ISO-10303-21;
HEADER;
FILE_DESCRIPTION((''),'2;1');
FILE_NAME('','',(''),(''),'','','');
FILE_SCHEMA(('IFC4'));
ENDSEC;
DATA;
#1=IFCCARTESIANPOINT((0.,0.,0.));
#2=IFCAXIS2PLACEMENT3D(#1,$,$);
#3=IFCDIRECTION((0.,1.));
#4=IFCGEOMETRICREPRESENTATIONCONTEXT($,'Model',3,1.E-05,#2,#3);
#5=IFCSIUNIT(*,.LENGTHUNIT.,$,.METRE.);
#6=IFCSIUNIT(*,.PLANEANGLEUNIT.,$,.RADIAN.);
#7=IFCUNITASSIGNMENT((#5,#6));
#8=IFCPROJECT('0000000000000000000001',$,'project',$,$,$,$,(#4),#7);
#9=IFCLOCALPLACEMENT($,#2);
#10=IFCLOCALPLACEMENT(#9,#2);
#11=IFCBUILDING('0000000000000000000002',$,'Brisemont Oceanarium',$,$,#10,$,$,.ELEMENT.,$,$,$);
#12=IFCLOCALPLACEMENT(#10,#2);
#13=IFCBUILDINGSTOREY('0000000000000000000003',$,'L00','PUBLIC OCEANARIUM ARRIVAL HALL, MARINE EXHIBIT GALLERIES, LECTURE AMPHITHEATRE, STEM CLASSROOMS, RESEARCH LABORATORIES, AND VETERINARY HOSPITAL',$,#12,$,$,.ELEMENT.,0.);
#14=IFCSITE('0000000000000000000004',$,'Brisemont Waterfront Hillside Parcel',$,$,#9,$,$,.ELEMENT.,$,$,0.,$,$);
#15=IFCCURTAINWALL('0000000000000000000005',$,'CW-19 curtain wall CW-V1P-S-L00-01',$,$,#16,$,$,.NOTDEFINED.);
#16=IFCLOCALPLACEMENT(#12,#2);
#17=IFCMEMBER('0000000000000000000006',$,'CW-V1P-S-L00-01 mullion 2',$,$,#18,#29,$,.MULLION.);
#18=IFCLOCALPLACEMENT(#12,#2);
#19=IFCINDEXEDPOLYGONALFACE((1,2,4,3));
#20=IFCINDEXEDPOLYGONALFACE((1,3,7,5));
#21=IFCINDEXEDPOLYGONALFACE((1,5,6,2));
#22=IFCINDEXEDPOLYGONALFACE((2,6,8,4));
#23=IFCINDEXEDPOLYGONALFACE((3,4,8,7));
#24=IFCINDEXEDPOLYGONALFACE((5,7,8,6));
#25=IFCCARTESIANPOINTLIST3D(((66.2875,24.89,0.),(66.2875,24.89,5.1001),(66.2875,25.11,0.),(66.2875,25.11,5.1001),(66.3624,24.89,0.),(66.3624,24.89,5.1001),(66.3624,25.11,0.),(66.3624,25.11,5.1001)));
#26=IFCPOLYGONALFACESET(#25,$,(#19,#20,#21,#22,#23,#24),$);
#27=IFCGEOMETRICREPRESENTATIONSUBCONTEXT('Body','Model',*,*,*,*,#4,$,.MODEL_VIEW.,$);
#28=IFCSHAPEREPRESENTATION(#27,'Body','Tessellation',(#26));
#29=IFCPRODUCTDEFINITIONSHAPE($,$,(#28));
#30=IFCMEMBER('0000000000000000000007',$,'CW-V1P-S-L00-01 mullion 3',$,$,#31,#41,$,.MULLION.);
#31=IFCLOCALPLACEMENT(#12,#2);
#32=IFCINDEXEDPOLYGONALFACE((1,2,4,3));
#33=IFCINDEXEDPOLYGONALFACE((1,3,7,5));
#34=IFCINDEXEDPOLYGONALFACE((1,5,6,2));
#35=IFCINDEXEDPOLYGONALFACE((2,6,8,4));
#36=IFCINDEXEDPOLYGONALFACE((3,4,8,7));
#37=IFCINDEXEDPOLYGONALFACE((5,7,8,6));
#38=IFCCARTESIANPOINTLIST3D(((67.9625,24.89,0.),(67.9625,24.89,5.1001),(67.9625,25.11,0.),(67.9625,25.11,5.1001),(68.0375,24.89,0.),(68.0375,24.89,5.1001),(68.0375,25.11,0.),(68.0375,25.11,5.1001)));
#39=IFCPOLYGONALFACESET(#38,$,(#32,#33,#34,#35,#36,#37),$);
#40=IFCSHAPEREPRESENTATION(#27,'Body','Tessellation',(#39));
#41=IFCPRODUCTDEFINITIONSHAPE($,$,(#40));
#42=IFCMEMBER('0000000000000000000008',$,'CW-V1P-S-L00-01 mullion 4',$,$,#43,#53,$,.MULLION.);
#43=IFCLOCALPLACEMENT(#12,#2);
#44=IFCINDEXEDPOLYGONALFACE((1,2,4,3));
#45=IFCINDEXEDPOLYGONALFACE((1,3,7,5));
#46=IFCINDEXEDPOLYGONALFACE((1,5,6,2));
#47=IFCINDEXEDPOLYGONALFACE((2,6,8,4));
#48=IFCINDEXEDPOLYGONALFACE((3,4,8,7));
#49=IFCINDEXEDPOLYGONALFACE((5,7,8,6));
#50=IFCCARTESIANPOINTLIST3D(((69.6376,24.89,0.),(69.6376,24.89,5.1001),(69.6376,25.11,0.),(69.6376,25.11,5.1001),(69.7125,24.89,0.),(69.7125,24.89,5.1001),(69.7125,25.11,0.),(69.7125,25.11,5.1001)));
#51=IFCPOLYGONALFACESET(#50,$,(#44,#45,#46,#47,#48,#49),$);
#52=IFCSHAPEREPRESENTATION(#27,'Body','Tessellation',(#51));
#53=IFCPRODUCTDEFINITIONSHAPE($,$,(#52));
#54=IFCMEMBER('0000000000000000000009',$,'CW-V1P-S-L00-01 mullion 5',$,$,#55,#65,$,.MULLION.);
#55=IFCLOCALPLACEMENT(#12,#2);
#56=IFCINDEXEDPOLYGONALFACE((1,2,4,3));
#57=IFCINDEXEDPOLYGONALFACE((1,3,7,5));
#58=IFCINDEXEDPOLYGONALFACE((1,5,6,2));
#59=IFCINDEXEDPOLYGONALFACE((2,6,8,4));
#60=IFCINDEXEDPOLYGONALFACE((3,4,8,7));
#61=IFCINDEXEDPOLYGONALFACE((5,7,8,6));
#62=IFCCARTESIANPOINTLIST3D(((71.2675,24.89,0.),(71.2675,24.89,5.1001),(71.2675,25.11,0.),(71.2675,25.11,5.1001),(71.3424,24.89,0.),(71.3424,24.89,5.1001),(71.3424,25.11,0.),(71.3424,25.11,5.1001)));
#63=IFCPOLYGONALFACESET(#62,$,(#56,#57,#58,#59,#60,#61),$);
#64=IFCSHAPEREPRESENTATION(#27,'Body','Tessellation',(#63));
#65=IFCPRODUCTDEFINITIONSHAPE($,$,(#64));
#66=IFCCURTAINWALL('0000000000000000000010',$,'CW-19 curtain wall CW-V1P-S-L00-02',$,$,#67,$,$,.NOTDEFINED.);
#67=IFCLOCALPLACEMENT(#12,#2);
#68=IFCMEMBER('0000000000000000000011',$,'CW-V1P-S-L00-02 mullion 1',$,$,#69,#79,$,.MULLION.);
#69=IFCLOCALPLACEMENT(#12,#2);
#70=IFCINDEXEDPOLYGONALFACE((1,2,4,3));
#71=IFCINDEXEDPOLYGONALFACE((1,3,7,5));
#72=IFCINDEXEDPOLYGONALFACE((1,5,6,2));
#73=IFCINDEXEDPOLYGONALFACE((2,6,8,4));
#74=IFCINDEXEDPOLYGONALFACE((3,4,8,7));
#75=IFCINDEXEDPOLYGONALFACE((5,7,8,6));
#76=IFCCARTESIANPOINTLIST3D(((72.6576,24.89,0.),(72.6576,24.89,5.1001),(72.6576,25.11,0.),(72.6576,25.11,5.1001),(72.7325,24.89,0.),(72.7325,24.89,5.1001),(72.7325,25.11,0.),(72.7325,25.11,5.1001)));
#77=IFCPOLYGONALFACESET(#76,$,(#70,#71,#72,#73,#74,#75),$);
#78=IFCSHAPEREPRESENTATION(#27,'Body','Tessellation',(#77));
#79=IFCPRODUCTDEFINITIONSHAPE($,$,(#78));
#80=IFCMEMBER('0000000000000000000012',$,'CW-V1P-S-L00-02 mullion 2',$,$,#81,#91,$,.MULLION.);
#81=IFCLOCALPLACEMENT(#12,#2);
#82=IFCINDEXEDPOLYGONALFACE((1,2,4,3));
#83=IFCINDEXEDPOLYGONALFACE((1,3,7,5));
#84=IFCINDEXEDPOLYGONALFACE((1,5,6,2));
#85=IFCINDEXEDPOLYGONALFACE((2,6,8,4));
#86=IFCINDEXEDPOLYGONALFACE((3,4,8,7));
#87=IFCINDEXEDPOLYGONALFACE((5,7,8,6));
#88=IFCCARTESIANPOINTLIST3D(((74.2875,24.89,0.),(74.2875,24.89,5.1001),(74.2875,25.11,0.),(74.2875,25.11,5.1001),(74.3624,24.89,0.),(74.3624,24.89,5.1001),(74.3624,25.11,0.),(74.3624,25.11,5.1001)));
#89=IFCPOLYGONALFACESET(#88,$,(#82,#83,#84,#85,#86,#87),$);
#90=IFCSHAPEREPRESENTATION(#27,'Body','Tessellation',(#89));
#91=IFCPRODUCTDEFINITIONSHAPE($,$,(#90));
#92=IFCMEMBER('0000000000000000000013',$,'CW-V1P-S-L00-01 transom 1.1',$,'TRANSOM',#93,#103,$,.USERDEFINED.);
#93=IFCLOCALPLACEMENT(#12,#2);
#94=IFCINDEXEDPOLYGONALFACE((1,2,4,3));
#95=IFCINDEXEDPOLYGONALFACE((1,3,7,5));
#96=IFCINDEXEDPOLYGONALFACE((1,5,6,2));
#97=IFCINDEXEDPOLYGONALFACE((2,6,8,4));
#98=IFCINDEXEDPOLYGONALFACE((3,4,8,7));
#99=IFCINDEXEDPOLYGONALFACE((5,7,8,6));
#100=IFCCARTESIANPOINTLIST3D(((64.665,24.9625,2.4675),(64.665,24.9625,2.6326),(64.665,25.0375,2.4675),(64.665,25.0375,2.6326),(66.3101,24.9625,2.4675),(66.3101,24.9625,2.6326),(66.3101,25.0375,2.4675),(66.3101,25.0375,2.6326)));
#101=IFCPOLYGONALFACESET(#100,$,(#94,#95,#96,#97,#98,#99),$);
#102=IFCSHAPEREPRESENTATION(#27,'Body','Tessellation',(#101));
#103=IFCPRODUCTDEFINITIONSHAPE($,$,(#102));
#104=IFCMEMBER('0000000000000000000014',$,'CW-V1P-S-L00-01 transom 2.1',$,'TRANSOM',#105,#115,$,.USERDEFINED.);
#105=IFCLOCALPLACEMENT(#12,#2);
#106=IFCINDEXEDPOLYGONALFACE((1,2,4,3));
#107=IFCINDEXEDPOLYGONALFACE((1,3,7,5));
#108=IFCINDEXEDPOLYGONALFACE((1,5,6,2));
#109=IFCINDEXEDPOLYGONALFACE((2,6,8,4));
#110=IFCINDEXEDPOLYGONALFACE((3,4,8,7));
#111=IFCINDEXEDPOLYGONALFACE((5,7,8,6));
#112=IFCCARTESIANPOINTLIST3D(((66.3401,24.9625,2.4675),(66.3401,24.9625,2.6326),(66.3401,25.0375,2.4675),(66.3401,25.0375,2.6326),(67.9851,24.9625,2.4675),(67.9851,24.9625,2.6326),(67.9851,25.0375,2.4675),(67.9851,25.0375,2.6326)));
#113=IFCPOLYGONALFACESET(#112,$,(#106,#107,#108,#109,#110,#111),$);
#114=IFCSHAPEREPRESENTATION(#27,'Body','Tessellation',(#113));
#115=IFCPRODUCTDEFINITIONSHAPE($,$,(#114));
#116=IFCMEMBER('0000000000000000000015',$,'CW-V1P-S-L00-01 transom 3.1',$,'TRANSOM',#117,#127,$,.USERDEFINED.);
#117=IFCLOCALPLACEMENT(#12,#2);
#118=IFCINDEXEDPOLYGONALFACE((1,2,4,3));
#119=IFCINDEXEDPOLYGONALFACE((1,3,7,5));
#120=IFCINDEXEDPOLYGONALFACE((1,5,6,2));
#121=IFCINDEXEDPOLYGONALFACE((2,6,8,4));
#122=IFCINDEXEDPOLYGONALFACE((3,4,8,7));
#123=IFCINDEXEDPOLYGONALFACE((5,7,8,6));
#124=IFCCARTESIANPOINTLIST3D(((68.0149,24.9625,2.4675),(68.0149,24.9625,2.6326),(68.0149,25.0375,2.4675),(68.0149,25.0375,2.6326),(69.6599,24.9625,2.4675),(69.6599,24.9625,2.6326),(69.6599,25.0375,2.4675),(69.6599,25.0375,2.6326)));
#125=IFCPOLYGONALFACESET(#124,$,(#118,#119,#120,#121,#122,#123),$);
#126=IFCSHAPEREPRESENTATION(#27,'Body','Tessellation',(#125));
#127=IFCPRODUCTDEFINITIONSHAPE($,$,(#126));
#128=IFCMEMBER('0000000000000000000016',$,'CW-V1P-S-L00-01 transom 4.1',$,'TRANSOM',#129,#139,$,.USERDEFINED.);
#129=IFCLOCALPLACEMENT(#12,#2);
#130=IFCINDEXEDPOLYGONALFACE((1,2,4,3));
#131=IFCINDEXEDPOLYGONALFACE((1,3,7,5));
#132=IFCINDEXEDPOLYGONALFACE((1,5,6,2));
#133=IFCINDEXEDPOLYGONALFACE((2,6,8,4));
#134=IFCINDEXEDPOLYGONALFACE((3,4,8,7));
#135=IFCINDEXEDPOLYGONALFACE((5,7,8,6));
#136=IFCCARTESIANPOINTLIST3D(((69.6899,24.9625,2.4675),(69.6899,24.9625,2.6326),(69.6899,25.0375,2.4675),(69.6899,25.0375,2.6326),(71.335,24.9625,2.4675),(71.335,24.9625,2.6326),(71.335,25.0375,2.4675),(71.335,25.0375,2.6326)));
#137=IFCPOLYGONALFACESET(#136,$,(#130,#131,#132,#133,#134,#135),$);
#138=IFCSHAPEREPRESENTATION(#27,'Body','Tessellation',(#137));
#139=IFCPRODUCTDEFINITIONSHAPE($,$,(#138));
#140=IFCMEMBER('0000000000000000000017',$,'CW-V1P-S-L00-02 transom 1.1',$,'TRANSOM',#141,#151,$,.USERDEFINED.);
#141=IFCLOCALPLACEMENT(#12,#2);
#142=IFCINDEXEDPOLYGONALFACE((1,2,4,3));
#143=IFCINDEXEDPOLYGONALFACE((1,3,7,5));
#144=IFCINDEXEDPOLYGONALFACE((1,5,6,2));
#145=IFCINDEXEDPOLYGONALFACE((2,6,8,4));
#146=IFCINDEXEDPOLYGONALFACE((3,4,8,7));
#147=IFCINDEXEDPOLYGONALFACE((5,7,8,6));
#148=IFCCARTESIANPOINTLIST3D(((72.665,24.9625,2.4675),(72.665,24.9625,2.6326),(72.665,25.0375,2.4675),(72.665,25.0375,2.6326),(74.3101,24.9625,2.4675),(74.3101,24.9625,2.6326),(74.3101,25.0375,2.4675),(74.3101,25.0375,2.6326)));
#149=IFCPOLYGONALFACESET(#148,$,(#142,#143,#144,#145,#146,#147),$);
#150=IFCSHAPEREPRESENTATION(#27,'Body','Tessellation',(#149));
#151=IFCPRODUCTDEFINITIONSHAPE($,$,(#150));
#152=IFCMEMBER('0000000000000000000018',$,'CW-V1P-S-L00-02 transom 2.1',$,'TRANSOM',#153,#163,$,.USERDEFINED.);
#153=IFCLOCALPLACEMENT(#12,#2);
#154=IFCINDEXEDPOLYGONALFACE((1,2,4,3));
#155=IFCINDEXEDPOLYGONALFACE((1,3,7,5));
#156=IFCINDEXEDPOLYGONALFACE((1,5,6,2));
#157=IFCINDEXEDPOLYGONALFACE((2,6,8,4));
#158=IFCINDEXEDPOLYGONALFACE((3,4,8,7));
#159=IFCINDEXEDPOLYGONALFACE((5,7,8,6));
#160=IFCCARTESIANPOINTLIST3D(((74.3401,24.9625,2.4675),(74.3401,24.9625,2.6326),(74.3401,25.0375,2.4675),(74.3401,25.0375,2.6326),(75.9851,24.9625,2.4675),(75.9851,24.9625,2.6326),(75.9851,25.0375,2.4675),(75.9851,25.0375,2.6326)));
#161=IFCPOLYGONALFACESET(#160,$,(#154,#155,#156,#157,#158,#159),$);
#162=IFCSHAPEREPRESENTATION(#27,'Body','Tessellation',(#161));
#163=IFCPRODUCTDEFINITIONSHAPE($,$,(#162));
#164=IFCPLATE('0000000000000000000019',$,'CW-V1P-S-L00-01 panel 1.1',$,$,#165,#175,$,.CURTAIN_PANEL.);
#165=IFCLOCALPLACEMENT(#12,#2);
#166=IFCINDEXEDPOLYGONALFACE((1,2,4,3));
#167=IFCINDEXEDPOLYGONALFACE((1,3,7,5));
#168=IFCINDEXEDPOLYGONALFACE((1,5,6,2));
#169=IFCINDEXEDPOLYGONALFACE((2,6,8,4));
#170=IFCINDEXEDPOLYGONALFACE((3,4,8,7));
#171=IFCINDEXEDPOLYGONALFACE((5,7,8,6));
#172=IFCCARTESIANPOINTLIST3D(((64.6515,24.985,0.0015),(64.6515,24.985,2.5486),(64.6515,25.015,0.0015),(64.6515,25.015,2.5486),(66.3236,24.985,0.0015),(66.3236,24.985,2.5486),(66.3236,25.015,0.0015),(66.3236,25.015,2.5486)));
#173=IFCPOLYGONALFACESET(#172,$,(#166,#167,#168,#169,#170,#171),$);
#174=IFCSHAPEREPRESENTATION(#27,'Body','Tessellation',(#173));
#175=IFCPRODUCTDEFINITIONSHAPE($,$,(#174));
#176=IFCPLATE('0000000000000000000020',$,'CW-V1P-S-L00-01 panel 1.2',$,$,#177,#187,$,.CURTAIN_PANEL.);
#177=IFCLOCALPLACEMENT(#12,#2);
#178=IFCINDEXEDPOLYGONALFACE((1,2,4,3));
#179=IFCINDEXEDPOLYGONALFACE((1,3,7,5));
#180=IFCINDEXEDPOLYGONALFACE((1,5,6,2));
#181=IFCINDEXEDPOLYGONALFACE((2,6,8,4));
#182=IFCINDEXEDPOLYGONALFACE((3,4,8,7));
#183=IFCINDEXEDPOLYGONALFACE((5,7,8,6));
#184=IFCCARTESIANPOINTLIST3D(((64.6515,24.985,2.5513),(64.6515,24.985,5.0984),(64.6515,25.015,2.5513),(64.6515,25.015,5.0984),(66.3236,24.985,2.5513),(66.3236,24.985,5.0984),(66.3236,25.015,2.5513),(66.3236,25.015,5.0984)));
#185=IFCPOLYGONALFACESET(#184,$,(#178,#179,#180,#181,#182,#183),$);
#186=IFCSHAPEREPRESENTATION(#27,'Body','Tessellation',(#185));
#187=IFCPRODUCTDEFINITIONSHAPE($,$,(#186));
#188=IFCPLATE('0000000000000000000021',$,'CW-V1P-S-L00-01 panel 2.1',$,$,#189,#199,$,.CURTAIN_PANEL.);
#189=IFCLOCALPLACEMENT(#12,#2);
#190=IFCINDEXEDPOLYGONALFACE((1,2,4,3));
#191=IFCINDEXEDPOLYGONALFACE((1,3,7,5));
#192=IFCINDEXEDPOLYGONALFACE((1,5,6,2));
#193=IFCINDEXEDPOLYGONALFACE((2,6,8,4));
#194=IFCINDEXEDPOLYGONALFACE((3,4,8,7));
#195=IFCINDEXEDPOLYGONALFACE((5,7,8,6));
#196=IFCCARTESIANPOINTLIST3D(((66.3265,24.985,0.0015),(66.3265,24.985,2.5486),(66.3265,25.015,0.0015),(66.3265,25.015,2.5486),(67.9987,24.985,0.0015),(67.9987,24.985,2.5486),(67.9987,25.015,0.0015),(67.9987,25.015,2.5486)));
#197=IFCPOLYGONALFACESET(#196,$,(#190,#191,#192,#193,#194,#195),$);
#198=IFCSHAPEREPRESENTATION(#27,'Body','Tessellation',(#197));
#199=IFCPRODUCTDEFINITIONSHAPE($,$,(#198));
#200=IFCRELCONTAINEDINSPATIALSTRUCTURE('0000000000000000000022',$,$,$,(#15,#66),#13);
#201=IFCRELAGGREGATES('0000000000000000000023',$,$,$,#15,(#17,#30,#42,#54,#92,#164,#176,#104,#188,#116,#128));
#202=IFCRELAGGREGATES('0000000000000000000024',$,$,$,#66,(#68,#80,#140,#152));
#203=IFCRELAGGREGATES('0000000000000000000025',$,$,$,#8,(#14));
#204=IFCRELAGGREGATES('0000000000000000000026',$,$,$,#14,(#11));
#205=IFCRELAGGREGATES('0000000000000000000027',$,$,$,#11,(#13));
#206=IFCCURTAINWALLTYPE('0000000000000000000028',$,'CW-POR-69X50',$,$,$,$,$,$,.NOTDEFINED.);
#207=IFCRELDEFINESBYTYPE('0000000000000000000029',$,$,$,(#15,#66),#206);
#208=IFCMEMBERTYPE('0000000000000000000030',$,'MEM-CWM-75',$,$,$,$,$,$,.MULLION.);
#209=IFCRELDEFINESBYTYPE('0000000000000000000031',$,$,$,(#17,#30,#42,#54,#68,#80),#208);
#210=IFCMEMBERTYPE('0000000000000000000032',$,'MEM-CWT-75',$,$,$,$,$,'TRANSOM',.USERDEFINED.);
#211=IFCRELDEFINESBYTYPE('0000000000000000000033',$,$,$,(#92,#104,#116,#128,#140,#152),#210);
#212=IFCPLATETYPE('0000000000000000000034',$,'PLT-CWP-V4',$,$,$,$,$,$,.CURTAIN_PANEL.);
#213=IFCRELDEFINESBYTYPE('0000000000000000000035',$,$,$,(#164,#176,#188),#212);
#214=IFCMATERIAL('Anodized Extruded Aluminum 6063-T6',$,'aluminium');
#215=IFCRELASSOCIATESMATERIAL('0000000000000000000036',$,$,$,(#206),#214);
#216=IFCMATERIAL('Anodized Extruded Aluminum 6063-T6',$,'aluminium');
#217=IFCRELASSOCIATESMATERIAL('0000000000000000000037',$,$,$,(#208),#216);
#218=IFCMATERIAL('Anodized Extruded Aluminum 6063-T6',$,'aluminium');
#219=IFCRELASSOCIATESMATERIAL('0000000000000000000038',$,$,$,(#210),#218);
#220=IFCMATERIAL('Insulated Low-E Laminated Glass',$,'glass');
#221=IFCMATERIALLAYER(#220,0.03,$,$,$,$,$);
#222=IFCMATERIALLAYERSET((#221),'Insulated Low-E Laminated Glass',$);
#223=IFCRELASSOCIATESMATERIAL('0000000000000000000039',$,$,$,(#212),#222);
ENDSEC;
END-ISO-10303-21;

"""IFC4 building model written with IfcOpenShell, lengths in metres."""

from ifc_helpers import new_model, si_unit, direction, frame, origin, origin_2d, place, context, subcontext, project, spatial, rectangle, extrude, material, layer, layer_set, material_profile, profile_set, type_object, element, aggregate, save


model = new_model("IFC4")

# Units and contexts
model_context = context("Model", 3, precision=1e-05, world=origin(), true_north=direction((0.0, 1.0)))
body_context = subcontext(model_context, "Body", "Model", "MODEL_VIEW")
ifc_project = project(units=[si_unit("LENGTHUNIT", "METRE"), si_unit("PLANEANGLEUNIT", "RADIAN")], contexts=[model_context])

# Site, building, storey
site_placement = place(None, origin())
site = spatial("IfcSite", under=ifc_project, at=site_placement, Name="Brisemont Waterfront Hillside Parcel", CompositionType="ELEMENT", RefElevation=0.0)
building_placement = place(site_placement, origin())
building = spatial("IfcBuilding", under=site, at=building_placement, Name="Brisemont Oceanarium", CompositionType="ELEMENT")
storey_placement = place(building_placement, origin())
storey = spatial("IfcBuildingStorey", under=building, at=storey_placement, Name="L00", Description="PUBLIC OCEANARIUM ARRIVAL HALL, MARINE EXHIBIT GALLERIES, LECTURE AMPHITHEATRE, STEM CLASSROOMS, RESEARCH LABORATORIES, AND VETERINARY HOSPITAL", CompositionType="ELEMENT", Elevation=0.0)

# Curtain walls, members
ifc_material_1 = material(Name="Anodized Extruded Aluminum 6063-T6", Category="aluminium")
curtain_wall_type = type_object("IfcCurtainWallType", Name="CW-POR-69X50", PredefinedType="NOTDEFINED", material=ifc_material_1)
curtain_wall_1_placement = place(storey_placement, origin())
curtain_wall_1 = element("IfcCurtainWall", 1, at=curtain_wall_1_placement, inside=storey, type_object=curtain_wall_type, Name="CW-19 curtain wall CW-V1P-S-L00-01", PredefinedType="NOTDEFINED")
ifc_material_2 = material(Name="Anodized Extruded Aluminum 6063-T6", Category="aluminium")
ifc_material_profile_1 = material_profile(ifc_material_2, rectangle(XDim=0.075, YDim=0.22, at=origin_2d()), Name="CWM-75X220")
ifc_profile_set_1 = profile_set([ifc_material_profile_1], Name="Anodized Extruded Aluminum 6063-T6")
member_type_1 = type_object("IfcMemberType", Name="MEM-CWM-75", PredefinedType="MULLION", material=ifc_profile_set_1)
member_1_placement = place(storey_placement, frame((66.325, 25.0, 0.0), z_axis=(0.0, 0.0, 1.0), x_axis=(1.0, 0.0, 0.0)))
member_1 = element("IfcMember", 2, at=member_1_placement, type_object=member_type_1, Name="CW-V1P-S-L00-01 mullion 2", PredefinedType="MULLION", context=body_context, shape_type="SweptSolid", body=[
    extrude(rectangle(XDim=0.075, YDim=0.22, at=origin_2d()), origin(), (0.0, 0.0, 1.0), 5.1001),
])
member_2_placement = place(storey_placement, frame((68.0, 25.0, 0.0), z_axis=(0.0, 0.0, 1.0), x_axis=(1.0, 0.0, 0.0)))
member_2 = element("IfcMember", 3, at=member_2_placement, type_object=member_type_1, Name="CW-V1P-S-L00-01 mullion 3", PredefinedType="MULLION", context=body_context, shape_type="SweptSolid", body=[
    extrude(rectangle(XDim=0.075, YDim=0.22, at=origin_2d()), origin(), (0.0, 0.0, 1.0), 5.1001),
])
member_3_placement = place(storey_placement, frame((69.675, 25.0, 0.0), z_axis=(0.0, 0.0, 1.0), x_axis=(1.0, 0.0, 0.0)))
member_3 = element("IfcMember", 4, at=member_3_placement, type_object=member_type_1, Name="CW-V1P-S-L00-01 mullion 4", PredefinedType="MULLION", context=body_context, shape_type="SweptSolid", body=[
    extrude(rectangle(XDim=0.075, YDim=0.22, at=origin_2d()), origin(), (0.0, 0.0, 1.0), 5.1001),
])
member_4_placement = place(storey_placement, frame((71.3049, 25.0, 0.0), z_axis=(0.0, 0.0, 1.0), x_axis=(1.0, 0.0, 0.0)))
member_4 = element("IfcMember", 5, at=member_4_placement, type_object=member_type_1, Name="CW-V1P-S-L00-01 mullion 5", PredefinedType="MULLION", context=body_context, shape_type="SweptSolid", body=[
    extrude(rectangle(XDim=0.075, YDim=0.22, at=origin_2d()), origin(), (0.0, 0.0, 1.0), 5.1001),
])
curtain_wall_2_placement = place(storey_placement, origin())
curtain_wall_2 = element("IfcCurtainWall", 6, at=curtain_wall_2_placement, inside=storey, type_object=curtain_wall_type, Name="CW-19 curtain wall CW-V1P-S-L00-02", PredefinedType="NOTDEFINED")
member_5_placement = place(storey_placement, frame((72.6951, 25.0, 0.0), z_axis=(0.0, 0.0, 1.0), x_axis=(1.0, 0.0, 0.0)))
member_5 = element("IfcMember", 7, at=member_5_placement, type_object=member_type_1, Name="CW-V1P-S-L00-02 mullion 1", PredefinedType="MULLION", context=body_context, shape_type="SweptSolid", body=[
    extrude(rectangle(XDim=0.075, YDim=0.22, at=origin_2d()), origin(), (0.0, 0.0, 1.0), 5.1001),
])
member_6_placement = place(storey_placement, frame((74.325, 25.0, 0.0), z_axis=(0.0, 0.0, 1.0), x_axis=(1.0, 0.0, 0.0)))
member_6 = element("IfcMember", 8, at=member_6_placement, type_object=member_type_1, Name="CW-V1P-S-L00-02 mullion 2", PredefinedType="MULLION", context=body_context, shape_type="SweptSolid", body=[
    extrude(rectangle(XDim=0.075, YDim=0.22, at=origin_2d()), origin(), (0.0, 0.0, 1.0), 5.1001),
])

# Members
ifc_material_3 = material(Name="Anodized Extruded Aluminum 6063-T6", Category="aluminium")
ifc_material_profile_2 = material_profile(ifc_material_3, rectangle(XDim=0.075, YDim=0.165, at=origin_2d()), Name="CWT-75X165")
ifc_profile_set_2 = profile_set([ifc_material_profile_2], Name="Anodized Extruded Aluminum 6063-T6")
member_type_2 = type_object("IfcMemberType", Name="MEM-CWT-75", ElementType="TRANSOM", PredefinedType="USERDEFINED", material=ifc_profile_set_2)
member_7_placement = place(storey_placement, frame((64.665, 25.0, 2.55), z_axis=(1.0, 0.0, 0.0), x_axis=(0.0, 1.0, 0.0)))
member_7 = element("IfcMember", 9, at=member_7_placement, type_object=member_type_2, Name="CW-V1P-S-L00-01 transom 1.1", ObjectType="TRANSOM", PredefinedType="USERDEFINED", context=body_context, shape_type="SweptSolid", body=[
    extrude(rectangle(XDim=0.075, YDim=0.165, at=origin_2d()), origin(), (0.0, 0.0, 1.0), 1.645),
])
member_8_placement = place(storey_placement, frame((66.3401, 25.0, 2.55), z_axis=(1.0, 0.0, 0.0), x_axis=(0.0, 1.0, 0.0)))
member_8 = element("IfcMember", 10, at=member_8_placement, type_object=member_type_2, Name="CW-V1P-S-L00-01 transom 2.1", ObjectType="TRANSOM", PredefinedType="USERDEFINED", context=body_context, shape_type="SweptSolid", body=[
    extrude(rectangle(XDim=0.075, YDim=0.165, at=origin_2d()), origin(), (0.0, 0.0, 1.0), 1.645),
])
member_9_placement = place(storey_placement, frame((68.0149, 25.0, 2.55), z_axis=(1.0, 0.0, 0.0), x_axis=(0.0, 1.0, 0.0)))
member_9 = element("IfcMember", 11, at=member_9_placement, type_object=member_type_2, Name="CW-V1P-S-L00-01 transom 3.1", ObjectType="TRANSOM", PredefinedType="USERDEFINED", context=body_context, shape_type="SweptSolid", body=[
    extrude(rectangle(XDim=0.075, YDim=0.165, at=origin_2d()), origin(), (0.0, 0.0, 1.0), 1.645),
])
member_10_placement = place(storey_placement, frame((69.6899, 25.0, 2.55), z_axis=(1.0, 0.0, 0.0), x_axis=(0.0, 1.0, 0.0)))
member_10 = element("IfcMember", 12, at=member_10_placement, type_object=member_type_2, Name="CW-V1P-S-L00-01 transom 4.1", ObjectType="TRANSOM", PredefinedType="USERDEFINED", context=body_context, shape_type="SweptSolid", body=[
    extrude(rectangle(XDim=0.075, YDim=0.165, at=origin_2d()), origin(), (0.0, 0.0, 1.0), 1.645),
])
member_11_placement = place(storey_placement, frame((72.665, 25.0, 2.55), z_axis=(1.0, 0.0, 0.0), x_axis=(0.0, 1.0, 0.0)))
member_11 = element("IfcMember", 13, at=member_11_placement, type_object=member_type_2, Name="CW-V1P-S-L00-02 transom 1.1", ObjectType="TRANSOM", PredefinedType="USERDEFINED", context=body_context, shape_type="SweptSolid", body=[
    extrude(rectangle(XDim=0.075, YDim=0.165, at=origin_2d()), origin(), (0.0, 0.0, 1.0), 1.645),
])
member_12_placement = place(storey_placement, frame((74.3401, 25.0, 2.55), z_axis=(1.0, 0.0, 0.0), x_axis=(0.0, 1.0, 0.0)))
member_12 = element("IfcMember", 14, at=member_12_placement, type_object=member_type_2, Name="CW-V1P-S-L00-02 transom 2.1", ObjectType="TRANSOM", PredefinedType="USERDEFINED", context=body_context, shape_type="SweptSolid", body=[
    extrude(rectangle(XDim=0.075, YDim=0.165, at=origin_2d()), origin(), (0.0, 0.0, 1.0), 1.645),
])

# Plates
ifc_material_4 = material(Name="Insulated Low-E Laminated Glass", Category="glass")
ifc_layer_1 = layer(ifc_material_4, 0.03)
ifc_layer_set_1 = layer_set([ifc_layer_1], Name="Insulated Low-E Laminated Glass")
plate_type = type_object("IfcPlateType", Name="PLT-CWP-V4", PredefinedType="CURTAIN_PANEL", material=ifc_layer_set_1)
plate_1_placement = place(storey_placement, frame((65.4875, 25.0, 0.0015), z_axis=(0.0, 0.0, 1.0), x_axis=(1.0, 0.0, 0.0)))
plate_1 = element("IfcPlate", 15, at=plate_1_placement, type_object=plate_type, Name="CW-V1P-S-L00-01 panel 1.1", PredefinedType="CURTAIN_PANEL", context=body_context, shape_type="SweptSolid", body=[
    extrude(rectangle(XDim=1.6721, YDim=0.03, at=origin_2d()), origin(), (0.0, 0.0, 1.0), 2.5471),
])
plate_2_placement = place(storey_placement, frame((65.4875, 25.0, 2.5513), z_axis=(0.0, 0.0, 1.0), x_axis=(1.0, 0.0, 0.0)))
plate_2 = element("IfcPlate", 16, at=plate_2_placement, type_object=plate_type, Name="CW-V1P-S-L00-01 panel 1.2", PredefinedType="CURTAIN_PANEL", context=body_context, shape_type="SweptSolid", body=[
    extrude(rectangle(XDim=1.6721, YDim=0.03, at=origin_2d()), origin(), (0.0, 0.0, 1.0), 2.5471),
])
plate_3_placement = place(storey_placement, frame((67.1626, 25.0, 0.0015), z_axis=(0.0, 0.0, 1.0), x_axis=(1.0, 0.0, 0.0)))
plate_3 = element("IfcPlate", 17, at=plate_3_placement, type_object=plate_type, Name="CW-V1P-S-L00-01 panel 2.1", PredefinedType="CURTAIN_PANEL", context=body_context, shape_type="SweptSolid", body=[
    extrude(rectangle(XDim=1.6721, YDim=0.03, at=origin_2d()), origin(), (0.0, 0.0, 1.0), 2.5471),
])
aggregate(curtain_wall_1, [member_1, member_2, member_3, member_4, member_7, plate_1, plate_2, member_8, plate_3, member_9, member_10])
aggregate(curtain_wall_2, [member_5, member_6, member_11, member_12])

save(model, "model.ifc")
